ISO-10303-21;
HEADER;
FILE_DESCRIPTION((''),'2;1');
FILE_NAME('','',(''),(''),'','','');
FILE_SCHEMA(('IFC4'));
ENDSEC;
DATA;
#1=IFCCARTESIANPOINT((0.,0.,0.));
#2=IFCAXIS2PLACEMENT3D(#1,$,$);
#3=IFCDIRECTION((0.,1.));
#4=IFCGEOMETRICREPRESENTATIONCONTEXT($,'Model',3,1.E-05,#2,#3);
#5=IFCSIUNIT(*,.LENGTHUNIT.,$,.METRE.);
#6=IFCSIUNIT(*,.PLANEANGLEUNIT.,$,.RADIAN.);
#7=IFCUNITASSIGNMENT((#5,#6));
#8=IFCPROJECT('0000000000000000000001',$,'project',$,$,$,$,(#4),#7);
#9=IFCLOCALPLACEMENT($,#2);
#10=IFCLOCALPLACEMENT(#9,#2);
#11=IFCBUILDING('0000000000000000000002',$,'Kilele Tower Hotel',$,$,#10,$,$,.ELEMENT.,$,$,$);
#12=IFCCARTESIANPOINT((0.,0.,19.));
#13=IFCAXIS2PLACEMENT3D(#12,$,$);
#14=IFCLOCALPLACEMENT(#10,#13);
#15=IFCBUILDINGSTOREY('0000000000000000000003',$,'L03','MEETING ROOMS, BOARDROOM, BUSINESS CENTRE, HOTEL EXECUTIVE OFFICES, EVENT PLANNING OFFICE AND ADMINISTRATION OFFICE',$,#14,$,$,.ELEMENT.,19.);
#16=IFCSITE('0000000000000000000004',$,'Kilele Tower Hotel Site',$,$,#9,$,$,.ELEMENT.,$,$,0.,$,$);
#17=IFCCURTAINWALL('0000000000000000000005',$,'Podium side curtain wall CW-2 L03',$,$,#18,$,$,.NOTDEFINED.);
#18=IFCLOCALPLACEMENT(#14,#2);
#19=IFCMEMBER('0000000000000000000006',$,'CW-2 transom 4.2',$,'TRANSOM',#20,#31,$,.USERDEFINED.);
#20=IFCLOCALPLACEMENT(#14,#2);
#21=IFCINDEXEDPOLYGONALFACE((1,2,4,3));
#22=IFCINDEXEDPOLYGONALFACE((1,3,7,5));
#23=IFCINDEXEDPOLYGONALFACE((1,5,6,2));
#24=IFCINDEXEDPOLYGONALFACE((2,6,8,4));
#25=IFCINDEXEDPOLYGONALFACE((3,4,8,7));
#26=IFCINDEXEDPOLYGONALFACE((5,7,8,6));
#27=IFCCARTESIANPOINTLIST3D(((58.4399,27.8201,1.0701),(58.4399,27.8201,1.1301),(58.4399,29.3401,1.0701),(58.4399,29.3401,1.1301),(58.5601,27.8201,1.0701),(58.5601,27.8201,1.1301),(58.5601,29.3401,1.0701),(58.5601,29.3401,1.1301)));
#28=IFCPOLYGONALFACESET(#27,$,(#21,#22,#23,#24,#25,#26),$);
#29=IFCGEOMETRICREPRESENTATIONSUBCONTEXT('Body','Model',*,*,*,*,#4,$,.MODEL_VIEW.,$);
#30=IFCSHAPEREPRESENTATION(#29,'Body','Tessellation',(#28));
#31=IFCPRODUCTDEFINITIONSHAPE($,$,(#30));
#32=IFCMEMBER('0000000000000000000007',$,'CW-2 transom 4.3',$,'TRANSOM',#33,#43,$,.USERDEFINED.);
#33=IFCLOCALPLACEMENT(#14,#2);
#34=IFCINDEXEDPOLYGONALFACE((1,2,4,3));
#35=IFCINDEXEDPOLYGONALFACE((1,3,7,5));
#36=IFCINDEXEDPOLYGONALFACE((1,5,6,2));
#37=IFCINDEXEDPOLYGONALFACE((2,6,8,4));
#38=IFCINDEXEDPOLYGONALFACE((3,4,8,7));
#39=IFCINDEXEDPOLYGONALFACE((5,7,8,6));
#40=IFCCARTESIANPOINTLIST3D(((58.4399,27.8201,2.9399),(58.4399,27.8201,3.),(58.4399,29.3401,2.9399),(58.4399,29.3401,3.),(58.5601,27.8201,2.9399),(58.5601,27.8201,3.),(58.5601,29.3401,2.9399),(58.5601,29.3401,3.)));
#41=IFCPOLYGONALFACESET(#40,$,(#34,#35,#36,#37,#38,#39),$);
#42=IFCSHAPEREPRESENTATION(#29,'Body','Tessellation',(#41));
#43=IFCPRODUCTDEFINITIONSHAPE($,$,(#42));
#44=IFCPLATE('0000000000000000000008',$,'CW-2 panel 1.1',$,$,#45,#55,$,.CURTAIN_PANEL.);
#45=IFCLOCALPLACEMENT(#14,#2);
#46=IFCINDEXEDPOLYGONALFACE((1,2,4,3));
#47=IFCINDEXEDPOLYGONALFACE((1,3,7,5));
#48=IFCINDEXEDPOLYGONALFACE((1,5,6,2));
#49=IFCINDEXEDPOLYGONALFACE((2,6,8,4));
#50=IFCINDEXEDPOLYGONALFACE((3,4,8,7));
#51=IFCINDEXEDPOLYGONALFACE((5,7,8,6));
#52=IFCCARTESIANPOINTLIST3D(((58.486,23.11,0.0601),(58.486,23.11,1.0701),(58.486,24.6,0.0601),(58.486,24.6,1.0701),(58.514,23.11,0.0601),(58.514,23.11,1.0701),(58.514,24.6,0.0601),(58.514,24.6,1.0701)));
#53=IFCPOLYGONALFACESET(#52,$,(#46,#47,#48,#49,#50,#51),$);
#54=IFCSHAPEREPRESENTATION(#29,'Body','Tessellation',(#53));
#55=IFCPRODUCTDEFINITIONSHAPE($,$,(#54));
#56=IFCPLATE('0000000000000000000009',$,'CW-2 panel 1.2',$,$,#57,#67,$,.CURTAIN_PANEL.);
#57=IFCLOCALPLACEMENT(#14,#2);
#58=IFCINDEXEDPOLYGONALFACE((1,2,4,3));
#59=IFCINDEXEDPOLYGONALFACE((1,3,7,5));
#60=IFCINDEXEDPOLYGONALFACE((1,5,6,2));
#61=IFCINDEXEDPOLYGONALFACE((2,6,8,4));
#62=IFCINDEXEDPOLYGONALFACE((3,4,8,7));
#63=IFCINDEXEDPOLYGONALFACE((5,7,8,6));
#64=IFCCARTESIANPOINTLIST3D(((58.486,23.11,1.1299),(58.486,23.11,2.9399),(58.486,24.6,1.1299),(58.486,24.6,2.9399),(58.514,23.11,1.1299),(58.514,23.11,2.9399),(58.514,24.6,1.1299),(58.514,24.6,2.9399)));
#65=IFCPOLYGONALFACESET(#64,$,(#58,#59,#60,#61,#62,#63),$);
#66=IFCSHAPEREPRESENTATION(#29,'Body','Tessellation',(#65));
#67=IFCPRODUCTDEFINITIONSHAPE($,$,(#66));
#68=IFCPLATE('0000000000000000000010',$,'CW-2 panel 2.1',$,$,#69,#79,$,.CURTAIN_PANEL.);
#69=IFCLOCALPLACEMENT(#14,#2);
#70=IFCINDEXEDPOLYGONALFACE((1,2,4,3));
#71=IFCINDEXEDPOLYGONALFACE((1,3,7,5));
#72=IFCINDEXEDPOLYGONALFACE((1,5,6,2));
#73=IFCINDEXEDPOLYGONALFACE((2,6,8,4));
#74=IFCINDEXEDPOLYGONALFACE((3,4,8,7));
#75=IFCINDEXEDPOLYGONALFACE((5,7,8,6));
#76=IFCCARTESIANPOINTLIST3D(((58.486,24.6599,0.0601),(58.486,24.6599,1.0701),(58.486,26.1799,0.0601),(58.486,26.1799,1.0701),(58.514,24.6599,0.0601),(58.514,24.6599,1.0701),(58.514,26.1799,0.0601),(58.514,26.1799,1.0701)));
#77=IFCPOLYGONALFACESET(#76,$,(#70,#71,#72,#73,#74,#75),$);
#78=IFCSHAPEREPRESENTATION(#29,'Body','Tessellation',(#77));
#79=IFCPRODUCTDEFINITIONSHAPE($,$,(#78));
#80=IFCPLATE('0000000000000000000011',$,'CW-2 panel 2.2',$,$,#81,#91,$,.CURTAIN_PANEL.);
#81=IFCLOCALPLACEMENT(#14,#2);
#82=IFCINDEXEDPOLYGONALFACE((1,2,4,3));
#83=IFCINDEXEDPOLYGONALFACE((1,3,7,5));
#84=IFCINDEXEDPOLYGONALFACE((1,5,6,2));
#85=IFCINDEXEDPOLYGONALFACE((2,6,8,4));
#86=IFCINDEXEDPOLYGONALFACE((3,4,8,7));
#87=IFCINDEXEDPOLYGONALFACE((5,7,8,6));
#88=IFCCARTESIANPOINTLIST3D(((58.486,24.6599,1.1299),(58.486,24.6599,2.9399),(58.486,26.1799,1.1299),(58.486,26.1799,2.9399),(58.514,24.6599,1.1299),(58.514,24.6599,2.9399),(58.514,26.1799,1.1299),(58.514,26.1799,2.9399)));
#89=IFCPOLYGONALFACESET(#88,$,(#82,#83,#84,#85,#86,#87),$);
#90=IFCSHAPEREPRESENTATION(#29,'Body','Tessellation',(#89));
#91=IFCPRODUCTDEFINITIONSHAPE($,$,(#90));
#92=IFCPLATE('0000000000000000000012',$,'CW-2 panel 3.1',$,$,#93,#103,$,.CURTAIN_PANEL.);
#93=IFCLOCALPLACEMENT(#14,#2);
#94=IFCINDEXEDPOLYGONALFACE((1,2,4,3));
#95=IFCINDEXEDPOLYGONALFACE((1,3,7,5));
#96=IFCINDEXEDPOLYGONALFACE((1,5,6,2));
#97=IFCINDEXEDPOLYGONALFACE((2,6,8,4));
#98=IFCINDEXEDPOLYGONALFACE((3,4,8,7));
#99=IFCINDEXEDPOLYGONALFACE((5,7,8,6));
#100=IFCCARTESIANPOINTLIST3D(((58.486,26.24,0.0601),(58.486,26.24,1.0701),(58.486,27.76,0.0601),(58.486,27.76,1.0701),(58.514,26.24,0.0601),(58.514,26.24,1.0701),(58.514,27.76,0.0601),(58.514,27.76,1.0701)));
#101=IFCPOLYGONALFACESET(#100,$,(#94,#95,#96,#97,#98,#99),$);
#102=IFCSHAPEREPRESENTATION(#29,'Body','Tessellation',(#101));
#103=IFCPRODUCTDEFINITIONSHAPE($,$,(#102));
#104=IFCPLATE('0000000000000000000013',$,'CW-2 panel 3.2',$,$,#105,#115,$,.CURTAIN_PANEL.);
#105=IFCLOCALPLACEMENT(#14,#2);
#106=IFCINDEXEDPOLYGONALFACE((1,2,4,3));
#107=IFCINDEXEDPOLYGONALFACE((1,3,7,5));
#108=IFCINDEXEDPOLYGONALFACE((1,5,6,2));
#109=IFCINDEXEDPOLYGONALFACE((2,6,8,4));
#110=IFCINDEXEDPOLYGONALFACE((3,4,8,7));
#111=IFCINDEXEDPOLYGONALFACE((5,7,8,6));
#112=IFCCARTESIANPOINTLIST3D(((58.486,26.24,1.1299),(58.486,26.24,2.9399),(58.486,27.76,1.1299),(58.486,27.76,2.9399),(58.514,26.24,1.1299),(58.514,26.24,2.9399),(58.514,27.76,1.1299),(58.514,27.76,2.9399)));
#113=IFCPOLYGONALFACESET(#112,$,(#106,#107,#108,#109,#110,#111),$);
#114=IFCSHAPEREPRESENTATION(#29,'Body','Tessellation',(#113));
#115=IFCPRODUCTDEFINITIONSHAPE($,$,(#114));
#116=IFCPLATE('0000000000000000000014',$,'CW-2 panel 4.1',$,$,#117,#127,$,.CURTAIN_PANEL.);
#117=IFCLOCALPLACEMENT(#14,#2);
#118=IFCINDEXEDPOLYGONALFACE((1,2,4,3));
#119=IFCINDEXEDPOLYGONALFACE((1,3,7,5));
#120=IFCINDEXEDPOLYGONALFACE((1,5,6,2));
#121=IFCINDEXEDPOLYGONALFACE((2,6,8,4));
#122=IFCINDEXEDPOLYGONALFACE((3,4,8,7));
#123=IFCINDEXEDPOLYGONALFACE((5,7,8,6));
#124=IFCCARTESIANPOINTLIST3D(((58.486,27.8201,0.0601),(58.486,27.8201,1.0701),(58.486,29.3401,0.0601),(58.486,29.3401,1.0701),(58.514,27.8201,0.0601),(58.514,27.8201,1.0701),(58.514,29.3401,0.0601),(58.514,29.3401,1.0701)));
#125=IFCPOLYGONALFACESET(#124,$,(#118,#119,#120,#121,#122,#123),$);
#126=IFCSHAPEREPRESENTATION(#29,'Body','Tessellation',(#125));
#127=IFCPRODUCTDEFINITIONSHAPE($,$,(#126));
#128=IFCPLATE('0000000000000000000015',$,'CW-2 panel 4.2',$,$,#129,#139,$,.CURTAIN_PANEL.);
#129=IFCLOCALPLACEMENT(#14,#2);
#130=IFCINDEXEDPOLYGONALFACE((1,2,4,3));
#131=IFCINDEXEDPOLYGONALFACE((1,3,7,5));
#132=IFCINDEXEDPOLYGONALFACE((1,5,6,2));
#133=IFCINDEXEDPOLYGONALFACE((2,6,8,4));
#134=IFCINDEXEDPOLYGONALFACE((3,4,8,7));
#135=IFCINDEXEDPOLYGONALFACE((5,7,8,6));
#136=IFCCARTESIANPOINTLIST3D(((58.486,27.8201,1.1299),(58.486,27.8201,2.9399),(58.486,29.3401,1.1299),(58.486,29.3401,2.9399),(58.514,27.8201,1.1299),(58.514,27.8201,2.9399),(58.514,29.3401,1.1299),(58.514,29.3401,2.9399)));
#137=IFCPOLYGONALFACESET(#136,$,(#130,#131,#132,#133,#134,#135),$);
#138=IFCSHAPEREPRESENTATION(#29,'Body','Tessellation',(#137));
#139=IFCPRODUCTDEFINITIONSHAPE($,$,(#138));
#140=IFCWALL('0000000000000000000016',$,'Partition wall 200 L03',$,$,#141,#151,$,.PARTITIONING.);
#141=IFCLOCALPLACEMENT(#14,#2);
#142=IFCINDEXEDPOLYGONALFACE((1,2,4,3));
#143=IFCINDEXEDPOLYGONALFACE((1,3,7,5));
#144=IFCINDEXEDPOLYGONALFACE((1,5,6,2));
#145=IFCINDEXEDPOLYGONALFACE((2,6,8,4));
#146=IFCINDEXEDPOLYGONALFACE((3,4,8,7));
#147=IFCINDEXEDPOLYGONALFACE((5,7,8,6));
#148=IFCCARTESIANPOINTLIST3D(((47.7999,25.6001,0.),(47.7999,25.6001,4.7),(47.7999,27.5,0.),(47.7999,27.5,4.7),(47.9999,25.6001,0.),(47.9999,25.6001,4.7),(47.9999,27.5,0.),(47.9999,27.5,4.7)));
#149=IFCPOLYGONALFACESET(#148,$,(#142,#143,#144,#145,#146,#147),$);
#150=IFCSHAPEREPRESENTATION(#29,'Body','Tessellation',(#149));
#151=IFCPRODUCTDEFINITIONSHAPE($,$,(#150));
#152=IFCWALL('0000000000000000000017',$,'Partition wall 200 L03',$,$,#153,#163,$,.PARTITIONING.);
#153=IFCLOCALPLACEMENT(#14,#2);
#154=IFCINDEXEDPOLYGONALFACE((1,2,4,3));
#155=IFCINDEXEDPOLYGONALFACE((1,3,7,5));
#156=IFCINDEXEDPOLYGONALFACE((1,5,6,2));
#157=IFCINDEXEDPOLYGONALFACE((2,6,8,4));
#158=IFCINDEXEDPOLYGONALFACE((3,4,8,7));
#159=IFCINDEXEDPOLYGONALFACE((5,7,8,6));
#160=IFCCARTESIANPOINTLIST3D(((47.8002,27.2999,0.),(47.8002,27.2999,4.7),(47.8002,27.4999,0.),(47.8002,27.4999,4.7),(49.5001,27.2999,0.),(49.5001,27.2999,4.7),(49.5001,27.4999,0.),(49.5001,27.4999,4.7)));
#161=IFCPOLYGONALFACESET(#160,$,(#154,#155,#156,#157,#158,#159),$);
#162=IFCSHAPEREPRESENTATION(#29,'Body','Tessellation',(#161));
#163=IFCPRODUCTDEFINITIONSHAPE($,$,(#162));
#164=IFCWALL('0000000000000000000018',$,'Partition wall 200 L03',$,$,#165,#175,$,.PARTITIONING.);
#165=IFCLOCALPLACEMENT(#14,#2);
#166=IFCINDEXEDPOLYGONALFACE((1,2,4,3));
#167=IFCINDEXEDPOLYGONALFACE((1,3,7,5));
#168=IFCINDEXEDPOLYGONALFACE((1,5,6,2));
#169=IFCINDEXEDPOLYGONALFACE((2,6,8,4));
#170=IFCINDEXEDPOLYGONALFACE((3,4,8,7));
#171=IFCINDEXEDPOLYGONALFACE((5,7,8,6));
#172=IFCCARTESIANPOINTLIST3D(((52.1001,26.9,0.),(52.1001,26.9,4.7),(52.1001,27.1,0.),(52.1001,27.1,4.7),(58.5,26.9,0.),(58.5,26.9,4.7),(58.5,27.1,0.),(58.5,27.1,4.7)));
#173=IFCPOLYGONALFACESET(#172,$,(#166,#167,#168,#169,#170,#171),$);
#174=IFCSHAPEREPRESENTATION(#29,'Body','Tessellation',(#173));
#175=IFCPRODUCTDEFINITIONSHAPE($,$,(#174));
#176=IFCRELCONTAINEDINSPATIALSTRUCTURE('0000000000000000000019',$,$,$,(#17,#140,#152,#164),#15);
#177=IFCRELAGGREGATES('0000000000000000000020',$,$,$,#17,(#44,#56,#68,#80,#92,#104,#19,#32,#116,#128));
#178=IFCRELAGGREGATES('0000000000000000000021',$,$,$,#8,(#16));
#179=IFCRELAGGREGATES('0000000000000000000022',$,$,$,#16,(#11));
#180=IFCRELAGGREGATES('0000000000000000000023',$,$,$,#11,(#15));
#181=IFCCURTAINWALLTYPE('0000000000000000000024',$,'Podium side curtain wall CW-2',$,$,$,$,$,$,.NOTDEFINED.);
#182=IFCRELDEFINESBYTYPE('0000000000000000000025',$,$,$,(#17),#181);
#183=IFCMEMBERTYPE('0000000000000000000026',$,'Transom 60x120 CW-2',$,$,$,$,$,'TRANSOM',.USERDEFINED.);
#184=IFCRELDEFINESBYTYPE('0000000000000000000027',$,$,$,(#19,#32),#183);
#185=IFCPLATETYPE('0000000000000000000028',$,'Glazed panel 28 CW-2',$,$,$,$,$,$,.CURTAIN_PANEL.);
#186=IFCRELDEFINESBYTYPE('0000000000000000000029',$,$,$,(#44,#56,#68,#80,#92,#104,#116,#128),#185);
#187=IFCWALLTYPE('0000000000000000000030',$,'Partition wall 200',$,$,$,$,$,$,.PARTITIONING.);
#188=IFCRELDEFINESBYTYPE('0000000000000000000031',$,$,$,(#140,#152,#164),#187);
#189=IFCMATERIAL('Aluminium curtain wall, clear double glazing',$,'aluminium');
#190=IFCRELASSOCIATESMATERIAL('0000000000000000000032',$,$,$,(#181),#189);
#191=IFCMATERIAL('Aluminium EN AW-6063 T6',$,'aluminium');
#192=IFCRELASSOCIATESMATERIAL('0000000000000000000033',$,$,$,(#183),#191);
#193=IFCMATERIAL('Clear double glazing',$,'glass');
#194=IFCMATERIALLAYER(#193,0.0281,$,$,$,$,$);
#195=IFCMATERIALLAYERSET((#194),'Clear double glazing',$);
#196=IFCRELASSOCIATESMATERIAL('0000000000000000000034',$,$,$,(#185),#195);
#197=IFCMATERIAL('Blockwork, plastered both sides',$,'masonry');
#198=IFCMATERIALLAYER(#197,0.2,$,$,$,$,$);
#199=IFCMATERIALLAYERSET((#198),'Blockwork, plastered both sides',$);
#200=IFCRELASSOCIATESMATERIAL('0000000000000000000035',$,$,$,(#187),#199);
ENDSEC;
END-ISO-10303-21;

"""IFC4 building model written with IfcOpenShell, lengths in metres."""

from ifc_helpers import new_model, si_unit, direction, frame, frame_2d, origin, origin_2d, place, context, subcontext, project, spatial, rectangle, extrude, material, layer, layer_set, material_profile, profile_set, type_object, element, aggregate, save


model = new_model("IFC4")

# Units and contexts
model_context = context("Model", 3, precision=1e-05, world=origin(), true_north=direction((0.0, 1.0)))
body_context = subcontext(model_context, "Body", "Model", "MODEL_VIEW")
ifc_project = project(units=[si_unit("LENGTHUNIT", "METRE"), si_unit("PLANEANGLEUNIT", "RADIAN")], contexts=[model_context])

# Site, building, storey
site_placement = place(None, origin())
site = spatial("IfcSite", under=ifc_project, at=site_placement, Name="Kilele Tower Hotel Site", CompositionType="ELEMENT", RefElevation=0.0)
building_placement = place(site_placement, origin())
building = spatial("IfcBuilding", under=site, at=building_placement, Name="Kilele Tower Hotel", CompositionType="ELEMENT")
storey_placement = place(building_placement, frame((0.0, 0.0, 19.0)))
storey = spatial("IfcBuildingStorey", under=building, at=storey_placement, Name="L03", Description="MEETING ROOMS, BOARDROOM, BUSINESS CENTRE, HOTEL EXECUTIVE OFFICES, EVENT PLANNING OFFICE AND ADMINISTRATION OFFICE", CompositionType="ELEMENT", Elevation=19.0)

# Curtain wall, members, plates
ifc_material_1 = material(Name="Aluminium curtain wall, clear double glazing", Category="aluminium")
curtain_wall_type = type_object("IfcCurtainWallType", Name="Podium side curtain wall CW-2", PredefinedType="NOTDEFINED", material=ifc_material_1)
curtain_wall_placement = place(storey_placement, origin())
curtain_wall = element("IfcCurtainWall", 1, at=curtain_wall_placement, inside=storey, type_object=curtain_wall_type, Name="Podium side curtain wall CW-2 L03", PredefinedType="NOTDEFINED")
ifc_material_2 = material(Name="Aluminium EN AW-6063 T6", Category="aluminium")
ifc_material_profile_1 = material_profile(ifc_material_2, rectangle(XDim=0.1201, YDim=0.0601, at=origin_2d()))
ifc_profile_set_1 = profile_set([ifc_material_profile_1], Name="Aluminium EN AW-6063 T6")
member_type_1 = type_object("IfcMemberType", Name="Transom 60x120 CW-2", ElementType="TRANSOM", PredefinedType="USERDEFINED", material=ifc_profile_set_1)
member_1_placement = place(storey_placement, frame((58.5, 27.8201, 1.1001), z_axis=(0.0, 1.0, 0.0), x_axis=(-1.0, 0.0, 0.0)))
member_1 = element("IfcMember", 2, at=member_1_placement, type_object=member_type_1, Name="CW-2 transom 4.2", ObjectType="TRANSOM", PredefinedType="USERDEFINED", context=body_context, shape_type="SweptSolid", body=[
    extrude(rectangle(XDim=0.1201, YDim=0.0601, at=origin_2d()), origin(), (0.0, 0.0, 1.0), 1.52),
])
member_2_placement = place(storey_placement, frame((58.5, 27.8201, 2.97), z_axis=(0.0, 1.0, 0.0), x_axis=(-1.0, 0.0, 0.0)))
member_2 = element("IfcMember", 3, at=member_2_placement, type_object=member_type_1, Name="CW-2 transom 4.3", ObjectType="TRANSOM", PredefinedType="USERDEFINED", context=body_context, shape_type="SweptSolid", body=[
    extrude(rectangle(XDim=0.1201, YDim=0.0601, at=origin_2d()), origin(), (0.0, 0.0, 1.0), 1.52),
])
ifc_material_3 = material(Name="Clear double glazing", Category="glass")
ifc_layer_1 = layer(ifc_material_3, 0.0281)
ifc_layer_set_1 = layer_set([ifc_layer_1], Name="Clear double glazing")
plate_type = type_object("IfcPlateType", Name="Glazed panel 28 CW-2", PredefinedType="CURTAIN_PANEL", material=ifc_layer_set_1)
plate_1_placement = place(storey_placement, frame((58.5, 23.855, 0.0601), z_axis=(0.0, 0.0, 1.0), x_axis=(0.0, 1.0, 0.0)))
plate_1 = element("IfcPlate", 4, at=plate_1_placement, type_object=plate_type, Name="CW-2 panel 1.1", PredefinedType="CURTAIN_PANEL", context=body_context, shape_type="SweptSolid", body=[
    extrude(rectangle(XDim=1.49, YDim=0.0281, at=origin_2d()), origin(), (0.0, 0.0, 1.0), 1.01),
])
plate_2_placement = place(storey_placement, frame((58.5, 23.855, 1.1299), z_axis=(0.0, 0.0, 1.0), x_axis=(0.0, 1.0, 0.0)))
plate_2 = element("IfcPlate", 5, at=plate_2_placement, type_object=plate_type, Name="CW-2 panel 1.2", PredefinedType="CURTAIN_PANEL", context=body_context, shape_type="SweptSolid", body=[
    extrude(rectangle(XDim=1.49, YDim=0.0281, at=origin_2d()), origin(), (0.0, 0.0, 1.0), 1.8101),
])
plate_3_placement = place(storey_placement, frame((58.5, 25.4199, 0.0601), z_axis=(0.0, 0.0, 1.0), x_axis=(0.0, 1.0, 0.0)))
plate_3 = element("IfcPlate", 6, at=plate_3_placement, type_object=plate_type, Name="CW-2 panel 2.1", PredefinedType="CURTAIN_PANEL", context=body_context, shape_type="SweptSolid", body=[
    extrude(rectangle(XDim=1.52, YDim=0.0281, at=origin_2d()), origin(), (0.0, 0.0, 1.0), 1.01),
])
plate_4_placement = place(storey_placement, frame((58.5, 25.4199, 1.1299), z_axis=(0.0, 0.0, 1.0), x_axis=(0.0, 1.0, 0.0)))
plate_4 = element("IfcPlate", 7, at=plate_4_placement, type_object=plate_type, Name="CW-2 panel 2.2", PredefinedType="CURTAIN_PANEL", context=body_context, shape_type="SweptSolid", body=[
    extrude(rectangle(XDim=1.52, YDim=0.0281, at=origin_2d()), origin(), (0.0, 0.0, 1.0), 1.8101),
])
plate_5_placement = place(storey_placement, frame((58.5, 27.0, 0.0601), z_axis=(0.0, 0.0, 1.0), x_axis=(0.0, 1.0, 0.0)))
plate_5 = element("IfcPlate", 8, at=plate_5_placement, type_object=plate_type, Name="CW-2 panel 3.1", PredefinedType="CURTAIN_PANEL", context=body_context, shape_type="SweptSolid", body=[
    extrude(rectangle(XDim=1.52, YDim=0.0281, at=origin_2d()), origin(), (0.0, 0.0, 1.0), 1.01),
])
plate_6_placement = place(storey_placement, frame((58.5, 27.0, 1.1299), z_axis=(0.0, 0.0, 1.0), x_axis=(0.0, 1.0, 0.0)))
plate_6 = element("IfcPlate", 9, at=plate_6_placement, type_object=plate_type, Name="CW-2 panel 3.2", PredefinedType="CURTAIN_PANEL", context=body_context, shape_type="SweptSolid", body=[
    extrude(rectangle(XDim=1.52, YDim=0.0281, at=origin_2d()), origin(), (0.0, 0.0, 1.0), 1.8101),
])
plate_7_placement = place(storey_placement, frame((58.5, 28.5801, 0.0601), z_axis=(0.0, 0.0, 1.0), x_axis=(0.0, 1.0, 0.0)))
plate_7 = element("IfcPlate", 10, at=plate_7_placement, type_object=plate_type, Name="CW-2 panel 4.1", PredefinedType="CURTAIN_PANEL", context=body_context, shape_type="SweptSolid", body=[
    extrude(rectangle(XDim=1.52, YDim=0.0281, at=origin_2d()), origin(), (0.0, 0.0, 1.0), 1.01),
])
plate_8_placement = place(storey_placement, frame((58.5, 28.5801, 1.1299), z_axis=(0.0, 0.0, 1.0), x_axis=(0.0, 1.0, 0.0)))
plate_8 = element("IfcPlate", 11, at=plate_8_placement, type_object=plate_type, Name="CW-2 panel 4.2", PredefinedType="CURTAIN_PANEL", context=body_context, shape_type="SweptSolid", body=[
    extrude(rectangle(XDim=1.52, YDim=0.0281, at=origin_2d()), origin(), (0.0, 0.0, 1.0), 1.8101),
])
aggregate(curtain_wall, [plate_1, plate_2, plate_3, plate_4, plate_5, plate_6, member_1, member_2, plate_7, plate_8])

# Walls
ifc_material_4 = material(Name="Blockwork, plastered both sides", Category="masonry")
ifc_layer_2 = layer(ifc_material_4, 0.2)
ifc_layer_set_2 = layer_set([ifc_layer_2], Name="Blockwork, plastered both sides")
wall_type = type_object("IfcWallType", Name="Partition wall 200", PredefinedType="PARTITIONING", material=ifc_layer_set_2)
wall_1_placement = place(storey_placement, frame((47.8999, 25.6001, 0.0), z_axis=(0.0, 0.0, 1.0), x_axis=(0.0, 1.0, 0.0)))
element("IfcWall", 12, at=wall_1_placement, inside=storey, type_object=wall_type, Name="Partition wall 200 L03", PredefinedType="PARTITIONING", context=body_context, shape_type="SweptSolid", body=[
    extrude(rectangle(XDim=1.8999, YDim=0.2, at=frame_2d((0.95, 0.0))), origin(), (0.0, 0.0, 1.0), 4.7),
])
wall_2_placement = place(storey_placement, frame((47.8, 27.3999, 0.0), z_axis=(0.0, 0.0, 1.0), x_axis=(1.0, 0.0, 0.0)))
element("IfcWall", 13, at=wall_2_placement, inside=storey, type_object=wall_type, Name="Partition wall 200 L03", PredefinedType="PARTITIONING", context=body_context, shape_type="SweptSolid", body=[
    extrude(rectangle(XDim=1.7, YDim=0.2, at=frame_2d((0.8501, 0.0))), origin(), (0.0, 0.0, 1.0), 4.7),
])
wall_3_placement = place(storey_placement, frame((52.1001, 27.0, 0.0), z_axis=(0.0, 0.0, 1.0), x_axis=(1.0, 0.0, 0.0)))
element("IfcWall", 14, at=wall_3_placement, inside=storey, type_object=wall_type, Name="Partition wall 200 L03", PredefinedType="PARTITIONING", context=body_context, shape_type="SweptSolid", body=[
    extrude(rectangle(XDim=6.3999, YDim=0.2, at=frame_2d((3.2, 0.0))), origin(), (0.0, 0.0, 1.0), 4.7),
])

save(model, "model.ifc")
